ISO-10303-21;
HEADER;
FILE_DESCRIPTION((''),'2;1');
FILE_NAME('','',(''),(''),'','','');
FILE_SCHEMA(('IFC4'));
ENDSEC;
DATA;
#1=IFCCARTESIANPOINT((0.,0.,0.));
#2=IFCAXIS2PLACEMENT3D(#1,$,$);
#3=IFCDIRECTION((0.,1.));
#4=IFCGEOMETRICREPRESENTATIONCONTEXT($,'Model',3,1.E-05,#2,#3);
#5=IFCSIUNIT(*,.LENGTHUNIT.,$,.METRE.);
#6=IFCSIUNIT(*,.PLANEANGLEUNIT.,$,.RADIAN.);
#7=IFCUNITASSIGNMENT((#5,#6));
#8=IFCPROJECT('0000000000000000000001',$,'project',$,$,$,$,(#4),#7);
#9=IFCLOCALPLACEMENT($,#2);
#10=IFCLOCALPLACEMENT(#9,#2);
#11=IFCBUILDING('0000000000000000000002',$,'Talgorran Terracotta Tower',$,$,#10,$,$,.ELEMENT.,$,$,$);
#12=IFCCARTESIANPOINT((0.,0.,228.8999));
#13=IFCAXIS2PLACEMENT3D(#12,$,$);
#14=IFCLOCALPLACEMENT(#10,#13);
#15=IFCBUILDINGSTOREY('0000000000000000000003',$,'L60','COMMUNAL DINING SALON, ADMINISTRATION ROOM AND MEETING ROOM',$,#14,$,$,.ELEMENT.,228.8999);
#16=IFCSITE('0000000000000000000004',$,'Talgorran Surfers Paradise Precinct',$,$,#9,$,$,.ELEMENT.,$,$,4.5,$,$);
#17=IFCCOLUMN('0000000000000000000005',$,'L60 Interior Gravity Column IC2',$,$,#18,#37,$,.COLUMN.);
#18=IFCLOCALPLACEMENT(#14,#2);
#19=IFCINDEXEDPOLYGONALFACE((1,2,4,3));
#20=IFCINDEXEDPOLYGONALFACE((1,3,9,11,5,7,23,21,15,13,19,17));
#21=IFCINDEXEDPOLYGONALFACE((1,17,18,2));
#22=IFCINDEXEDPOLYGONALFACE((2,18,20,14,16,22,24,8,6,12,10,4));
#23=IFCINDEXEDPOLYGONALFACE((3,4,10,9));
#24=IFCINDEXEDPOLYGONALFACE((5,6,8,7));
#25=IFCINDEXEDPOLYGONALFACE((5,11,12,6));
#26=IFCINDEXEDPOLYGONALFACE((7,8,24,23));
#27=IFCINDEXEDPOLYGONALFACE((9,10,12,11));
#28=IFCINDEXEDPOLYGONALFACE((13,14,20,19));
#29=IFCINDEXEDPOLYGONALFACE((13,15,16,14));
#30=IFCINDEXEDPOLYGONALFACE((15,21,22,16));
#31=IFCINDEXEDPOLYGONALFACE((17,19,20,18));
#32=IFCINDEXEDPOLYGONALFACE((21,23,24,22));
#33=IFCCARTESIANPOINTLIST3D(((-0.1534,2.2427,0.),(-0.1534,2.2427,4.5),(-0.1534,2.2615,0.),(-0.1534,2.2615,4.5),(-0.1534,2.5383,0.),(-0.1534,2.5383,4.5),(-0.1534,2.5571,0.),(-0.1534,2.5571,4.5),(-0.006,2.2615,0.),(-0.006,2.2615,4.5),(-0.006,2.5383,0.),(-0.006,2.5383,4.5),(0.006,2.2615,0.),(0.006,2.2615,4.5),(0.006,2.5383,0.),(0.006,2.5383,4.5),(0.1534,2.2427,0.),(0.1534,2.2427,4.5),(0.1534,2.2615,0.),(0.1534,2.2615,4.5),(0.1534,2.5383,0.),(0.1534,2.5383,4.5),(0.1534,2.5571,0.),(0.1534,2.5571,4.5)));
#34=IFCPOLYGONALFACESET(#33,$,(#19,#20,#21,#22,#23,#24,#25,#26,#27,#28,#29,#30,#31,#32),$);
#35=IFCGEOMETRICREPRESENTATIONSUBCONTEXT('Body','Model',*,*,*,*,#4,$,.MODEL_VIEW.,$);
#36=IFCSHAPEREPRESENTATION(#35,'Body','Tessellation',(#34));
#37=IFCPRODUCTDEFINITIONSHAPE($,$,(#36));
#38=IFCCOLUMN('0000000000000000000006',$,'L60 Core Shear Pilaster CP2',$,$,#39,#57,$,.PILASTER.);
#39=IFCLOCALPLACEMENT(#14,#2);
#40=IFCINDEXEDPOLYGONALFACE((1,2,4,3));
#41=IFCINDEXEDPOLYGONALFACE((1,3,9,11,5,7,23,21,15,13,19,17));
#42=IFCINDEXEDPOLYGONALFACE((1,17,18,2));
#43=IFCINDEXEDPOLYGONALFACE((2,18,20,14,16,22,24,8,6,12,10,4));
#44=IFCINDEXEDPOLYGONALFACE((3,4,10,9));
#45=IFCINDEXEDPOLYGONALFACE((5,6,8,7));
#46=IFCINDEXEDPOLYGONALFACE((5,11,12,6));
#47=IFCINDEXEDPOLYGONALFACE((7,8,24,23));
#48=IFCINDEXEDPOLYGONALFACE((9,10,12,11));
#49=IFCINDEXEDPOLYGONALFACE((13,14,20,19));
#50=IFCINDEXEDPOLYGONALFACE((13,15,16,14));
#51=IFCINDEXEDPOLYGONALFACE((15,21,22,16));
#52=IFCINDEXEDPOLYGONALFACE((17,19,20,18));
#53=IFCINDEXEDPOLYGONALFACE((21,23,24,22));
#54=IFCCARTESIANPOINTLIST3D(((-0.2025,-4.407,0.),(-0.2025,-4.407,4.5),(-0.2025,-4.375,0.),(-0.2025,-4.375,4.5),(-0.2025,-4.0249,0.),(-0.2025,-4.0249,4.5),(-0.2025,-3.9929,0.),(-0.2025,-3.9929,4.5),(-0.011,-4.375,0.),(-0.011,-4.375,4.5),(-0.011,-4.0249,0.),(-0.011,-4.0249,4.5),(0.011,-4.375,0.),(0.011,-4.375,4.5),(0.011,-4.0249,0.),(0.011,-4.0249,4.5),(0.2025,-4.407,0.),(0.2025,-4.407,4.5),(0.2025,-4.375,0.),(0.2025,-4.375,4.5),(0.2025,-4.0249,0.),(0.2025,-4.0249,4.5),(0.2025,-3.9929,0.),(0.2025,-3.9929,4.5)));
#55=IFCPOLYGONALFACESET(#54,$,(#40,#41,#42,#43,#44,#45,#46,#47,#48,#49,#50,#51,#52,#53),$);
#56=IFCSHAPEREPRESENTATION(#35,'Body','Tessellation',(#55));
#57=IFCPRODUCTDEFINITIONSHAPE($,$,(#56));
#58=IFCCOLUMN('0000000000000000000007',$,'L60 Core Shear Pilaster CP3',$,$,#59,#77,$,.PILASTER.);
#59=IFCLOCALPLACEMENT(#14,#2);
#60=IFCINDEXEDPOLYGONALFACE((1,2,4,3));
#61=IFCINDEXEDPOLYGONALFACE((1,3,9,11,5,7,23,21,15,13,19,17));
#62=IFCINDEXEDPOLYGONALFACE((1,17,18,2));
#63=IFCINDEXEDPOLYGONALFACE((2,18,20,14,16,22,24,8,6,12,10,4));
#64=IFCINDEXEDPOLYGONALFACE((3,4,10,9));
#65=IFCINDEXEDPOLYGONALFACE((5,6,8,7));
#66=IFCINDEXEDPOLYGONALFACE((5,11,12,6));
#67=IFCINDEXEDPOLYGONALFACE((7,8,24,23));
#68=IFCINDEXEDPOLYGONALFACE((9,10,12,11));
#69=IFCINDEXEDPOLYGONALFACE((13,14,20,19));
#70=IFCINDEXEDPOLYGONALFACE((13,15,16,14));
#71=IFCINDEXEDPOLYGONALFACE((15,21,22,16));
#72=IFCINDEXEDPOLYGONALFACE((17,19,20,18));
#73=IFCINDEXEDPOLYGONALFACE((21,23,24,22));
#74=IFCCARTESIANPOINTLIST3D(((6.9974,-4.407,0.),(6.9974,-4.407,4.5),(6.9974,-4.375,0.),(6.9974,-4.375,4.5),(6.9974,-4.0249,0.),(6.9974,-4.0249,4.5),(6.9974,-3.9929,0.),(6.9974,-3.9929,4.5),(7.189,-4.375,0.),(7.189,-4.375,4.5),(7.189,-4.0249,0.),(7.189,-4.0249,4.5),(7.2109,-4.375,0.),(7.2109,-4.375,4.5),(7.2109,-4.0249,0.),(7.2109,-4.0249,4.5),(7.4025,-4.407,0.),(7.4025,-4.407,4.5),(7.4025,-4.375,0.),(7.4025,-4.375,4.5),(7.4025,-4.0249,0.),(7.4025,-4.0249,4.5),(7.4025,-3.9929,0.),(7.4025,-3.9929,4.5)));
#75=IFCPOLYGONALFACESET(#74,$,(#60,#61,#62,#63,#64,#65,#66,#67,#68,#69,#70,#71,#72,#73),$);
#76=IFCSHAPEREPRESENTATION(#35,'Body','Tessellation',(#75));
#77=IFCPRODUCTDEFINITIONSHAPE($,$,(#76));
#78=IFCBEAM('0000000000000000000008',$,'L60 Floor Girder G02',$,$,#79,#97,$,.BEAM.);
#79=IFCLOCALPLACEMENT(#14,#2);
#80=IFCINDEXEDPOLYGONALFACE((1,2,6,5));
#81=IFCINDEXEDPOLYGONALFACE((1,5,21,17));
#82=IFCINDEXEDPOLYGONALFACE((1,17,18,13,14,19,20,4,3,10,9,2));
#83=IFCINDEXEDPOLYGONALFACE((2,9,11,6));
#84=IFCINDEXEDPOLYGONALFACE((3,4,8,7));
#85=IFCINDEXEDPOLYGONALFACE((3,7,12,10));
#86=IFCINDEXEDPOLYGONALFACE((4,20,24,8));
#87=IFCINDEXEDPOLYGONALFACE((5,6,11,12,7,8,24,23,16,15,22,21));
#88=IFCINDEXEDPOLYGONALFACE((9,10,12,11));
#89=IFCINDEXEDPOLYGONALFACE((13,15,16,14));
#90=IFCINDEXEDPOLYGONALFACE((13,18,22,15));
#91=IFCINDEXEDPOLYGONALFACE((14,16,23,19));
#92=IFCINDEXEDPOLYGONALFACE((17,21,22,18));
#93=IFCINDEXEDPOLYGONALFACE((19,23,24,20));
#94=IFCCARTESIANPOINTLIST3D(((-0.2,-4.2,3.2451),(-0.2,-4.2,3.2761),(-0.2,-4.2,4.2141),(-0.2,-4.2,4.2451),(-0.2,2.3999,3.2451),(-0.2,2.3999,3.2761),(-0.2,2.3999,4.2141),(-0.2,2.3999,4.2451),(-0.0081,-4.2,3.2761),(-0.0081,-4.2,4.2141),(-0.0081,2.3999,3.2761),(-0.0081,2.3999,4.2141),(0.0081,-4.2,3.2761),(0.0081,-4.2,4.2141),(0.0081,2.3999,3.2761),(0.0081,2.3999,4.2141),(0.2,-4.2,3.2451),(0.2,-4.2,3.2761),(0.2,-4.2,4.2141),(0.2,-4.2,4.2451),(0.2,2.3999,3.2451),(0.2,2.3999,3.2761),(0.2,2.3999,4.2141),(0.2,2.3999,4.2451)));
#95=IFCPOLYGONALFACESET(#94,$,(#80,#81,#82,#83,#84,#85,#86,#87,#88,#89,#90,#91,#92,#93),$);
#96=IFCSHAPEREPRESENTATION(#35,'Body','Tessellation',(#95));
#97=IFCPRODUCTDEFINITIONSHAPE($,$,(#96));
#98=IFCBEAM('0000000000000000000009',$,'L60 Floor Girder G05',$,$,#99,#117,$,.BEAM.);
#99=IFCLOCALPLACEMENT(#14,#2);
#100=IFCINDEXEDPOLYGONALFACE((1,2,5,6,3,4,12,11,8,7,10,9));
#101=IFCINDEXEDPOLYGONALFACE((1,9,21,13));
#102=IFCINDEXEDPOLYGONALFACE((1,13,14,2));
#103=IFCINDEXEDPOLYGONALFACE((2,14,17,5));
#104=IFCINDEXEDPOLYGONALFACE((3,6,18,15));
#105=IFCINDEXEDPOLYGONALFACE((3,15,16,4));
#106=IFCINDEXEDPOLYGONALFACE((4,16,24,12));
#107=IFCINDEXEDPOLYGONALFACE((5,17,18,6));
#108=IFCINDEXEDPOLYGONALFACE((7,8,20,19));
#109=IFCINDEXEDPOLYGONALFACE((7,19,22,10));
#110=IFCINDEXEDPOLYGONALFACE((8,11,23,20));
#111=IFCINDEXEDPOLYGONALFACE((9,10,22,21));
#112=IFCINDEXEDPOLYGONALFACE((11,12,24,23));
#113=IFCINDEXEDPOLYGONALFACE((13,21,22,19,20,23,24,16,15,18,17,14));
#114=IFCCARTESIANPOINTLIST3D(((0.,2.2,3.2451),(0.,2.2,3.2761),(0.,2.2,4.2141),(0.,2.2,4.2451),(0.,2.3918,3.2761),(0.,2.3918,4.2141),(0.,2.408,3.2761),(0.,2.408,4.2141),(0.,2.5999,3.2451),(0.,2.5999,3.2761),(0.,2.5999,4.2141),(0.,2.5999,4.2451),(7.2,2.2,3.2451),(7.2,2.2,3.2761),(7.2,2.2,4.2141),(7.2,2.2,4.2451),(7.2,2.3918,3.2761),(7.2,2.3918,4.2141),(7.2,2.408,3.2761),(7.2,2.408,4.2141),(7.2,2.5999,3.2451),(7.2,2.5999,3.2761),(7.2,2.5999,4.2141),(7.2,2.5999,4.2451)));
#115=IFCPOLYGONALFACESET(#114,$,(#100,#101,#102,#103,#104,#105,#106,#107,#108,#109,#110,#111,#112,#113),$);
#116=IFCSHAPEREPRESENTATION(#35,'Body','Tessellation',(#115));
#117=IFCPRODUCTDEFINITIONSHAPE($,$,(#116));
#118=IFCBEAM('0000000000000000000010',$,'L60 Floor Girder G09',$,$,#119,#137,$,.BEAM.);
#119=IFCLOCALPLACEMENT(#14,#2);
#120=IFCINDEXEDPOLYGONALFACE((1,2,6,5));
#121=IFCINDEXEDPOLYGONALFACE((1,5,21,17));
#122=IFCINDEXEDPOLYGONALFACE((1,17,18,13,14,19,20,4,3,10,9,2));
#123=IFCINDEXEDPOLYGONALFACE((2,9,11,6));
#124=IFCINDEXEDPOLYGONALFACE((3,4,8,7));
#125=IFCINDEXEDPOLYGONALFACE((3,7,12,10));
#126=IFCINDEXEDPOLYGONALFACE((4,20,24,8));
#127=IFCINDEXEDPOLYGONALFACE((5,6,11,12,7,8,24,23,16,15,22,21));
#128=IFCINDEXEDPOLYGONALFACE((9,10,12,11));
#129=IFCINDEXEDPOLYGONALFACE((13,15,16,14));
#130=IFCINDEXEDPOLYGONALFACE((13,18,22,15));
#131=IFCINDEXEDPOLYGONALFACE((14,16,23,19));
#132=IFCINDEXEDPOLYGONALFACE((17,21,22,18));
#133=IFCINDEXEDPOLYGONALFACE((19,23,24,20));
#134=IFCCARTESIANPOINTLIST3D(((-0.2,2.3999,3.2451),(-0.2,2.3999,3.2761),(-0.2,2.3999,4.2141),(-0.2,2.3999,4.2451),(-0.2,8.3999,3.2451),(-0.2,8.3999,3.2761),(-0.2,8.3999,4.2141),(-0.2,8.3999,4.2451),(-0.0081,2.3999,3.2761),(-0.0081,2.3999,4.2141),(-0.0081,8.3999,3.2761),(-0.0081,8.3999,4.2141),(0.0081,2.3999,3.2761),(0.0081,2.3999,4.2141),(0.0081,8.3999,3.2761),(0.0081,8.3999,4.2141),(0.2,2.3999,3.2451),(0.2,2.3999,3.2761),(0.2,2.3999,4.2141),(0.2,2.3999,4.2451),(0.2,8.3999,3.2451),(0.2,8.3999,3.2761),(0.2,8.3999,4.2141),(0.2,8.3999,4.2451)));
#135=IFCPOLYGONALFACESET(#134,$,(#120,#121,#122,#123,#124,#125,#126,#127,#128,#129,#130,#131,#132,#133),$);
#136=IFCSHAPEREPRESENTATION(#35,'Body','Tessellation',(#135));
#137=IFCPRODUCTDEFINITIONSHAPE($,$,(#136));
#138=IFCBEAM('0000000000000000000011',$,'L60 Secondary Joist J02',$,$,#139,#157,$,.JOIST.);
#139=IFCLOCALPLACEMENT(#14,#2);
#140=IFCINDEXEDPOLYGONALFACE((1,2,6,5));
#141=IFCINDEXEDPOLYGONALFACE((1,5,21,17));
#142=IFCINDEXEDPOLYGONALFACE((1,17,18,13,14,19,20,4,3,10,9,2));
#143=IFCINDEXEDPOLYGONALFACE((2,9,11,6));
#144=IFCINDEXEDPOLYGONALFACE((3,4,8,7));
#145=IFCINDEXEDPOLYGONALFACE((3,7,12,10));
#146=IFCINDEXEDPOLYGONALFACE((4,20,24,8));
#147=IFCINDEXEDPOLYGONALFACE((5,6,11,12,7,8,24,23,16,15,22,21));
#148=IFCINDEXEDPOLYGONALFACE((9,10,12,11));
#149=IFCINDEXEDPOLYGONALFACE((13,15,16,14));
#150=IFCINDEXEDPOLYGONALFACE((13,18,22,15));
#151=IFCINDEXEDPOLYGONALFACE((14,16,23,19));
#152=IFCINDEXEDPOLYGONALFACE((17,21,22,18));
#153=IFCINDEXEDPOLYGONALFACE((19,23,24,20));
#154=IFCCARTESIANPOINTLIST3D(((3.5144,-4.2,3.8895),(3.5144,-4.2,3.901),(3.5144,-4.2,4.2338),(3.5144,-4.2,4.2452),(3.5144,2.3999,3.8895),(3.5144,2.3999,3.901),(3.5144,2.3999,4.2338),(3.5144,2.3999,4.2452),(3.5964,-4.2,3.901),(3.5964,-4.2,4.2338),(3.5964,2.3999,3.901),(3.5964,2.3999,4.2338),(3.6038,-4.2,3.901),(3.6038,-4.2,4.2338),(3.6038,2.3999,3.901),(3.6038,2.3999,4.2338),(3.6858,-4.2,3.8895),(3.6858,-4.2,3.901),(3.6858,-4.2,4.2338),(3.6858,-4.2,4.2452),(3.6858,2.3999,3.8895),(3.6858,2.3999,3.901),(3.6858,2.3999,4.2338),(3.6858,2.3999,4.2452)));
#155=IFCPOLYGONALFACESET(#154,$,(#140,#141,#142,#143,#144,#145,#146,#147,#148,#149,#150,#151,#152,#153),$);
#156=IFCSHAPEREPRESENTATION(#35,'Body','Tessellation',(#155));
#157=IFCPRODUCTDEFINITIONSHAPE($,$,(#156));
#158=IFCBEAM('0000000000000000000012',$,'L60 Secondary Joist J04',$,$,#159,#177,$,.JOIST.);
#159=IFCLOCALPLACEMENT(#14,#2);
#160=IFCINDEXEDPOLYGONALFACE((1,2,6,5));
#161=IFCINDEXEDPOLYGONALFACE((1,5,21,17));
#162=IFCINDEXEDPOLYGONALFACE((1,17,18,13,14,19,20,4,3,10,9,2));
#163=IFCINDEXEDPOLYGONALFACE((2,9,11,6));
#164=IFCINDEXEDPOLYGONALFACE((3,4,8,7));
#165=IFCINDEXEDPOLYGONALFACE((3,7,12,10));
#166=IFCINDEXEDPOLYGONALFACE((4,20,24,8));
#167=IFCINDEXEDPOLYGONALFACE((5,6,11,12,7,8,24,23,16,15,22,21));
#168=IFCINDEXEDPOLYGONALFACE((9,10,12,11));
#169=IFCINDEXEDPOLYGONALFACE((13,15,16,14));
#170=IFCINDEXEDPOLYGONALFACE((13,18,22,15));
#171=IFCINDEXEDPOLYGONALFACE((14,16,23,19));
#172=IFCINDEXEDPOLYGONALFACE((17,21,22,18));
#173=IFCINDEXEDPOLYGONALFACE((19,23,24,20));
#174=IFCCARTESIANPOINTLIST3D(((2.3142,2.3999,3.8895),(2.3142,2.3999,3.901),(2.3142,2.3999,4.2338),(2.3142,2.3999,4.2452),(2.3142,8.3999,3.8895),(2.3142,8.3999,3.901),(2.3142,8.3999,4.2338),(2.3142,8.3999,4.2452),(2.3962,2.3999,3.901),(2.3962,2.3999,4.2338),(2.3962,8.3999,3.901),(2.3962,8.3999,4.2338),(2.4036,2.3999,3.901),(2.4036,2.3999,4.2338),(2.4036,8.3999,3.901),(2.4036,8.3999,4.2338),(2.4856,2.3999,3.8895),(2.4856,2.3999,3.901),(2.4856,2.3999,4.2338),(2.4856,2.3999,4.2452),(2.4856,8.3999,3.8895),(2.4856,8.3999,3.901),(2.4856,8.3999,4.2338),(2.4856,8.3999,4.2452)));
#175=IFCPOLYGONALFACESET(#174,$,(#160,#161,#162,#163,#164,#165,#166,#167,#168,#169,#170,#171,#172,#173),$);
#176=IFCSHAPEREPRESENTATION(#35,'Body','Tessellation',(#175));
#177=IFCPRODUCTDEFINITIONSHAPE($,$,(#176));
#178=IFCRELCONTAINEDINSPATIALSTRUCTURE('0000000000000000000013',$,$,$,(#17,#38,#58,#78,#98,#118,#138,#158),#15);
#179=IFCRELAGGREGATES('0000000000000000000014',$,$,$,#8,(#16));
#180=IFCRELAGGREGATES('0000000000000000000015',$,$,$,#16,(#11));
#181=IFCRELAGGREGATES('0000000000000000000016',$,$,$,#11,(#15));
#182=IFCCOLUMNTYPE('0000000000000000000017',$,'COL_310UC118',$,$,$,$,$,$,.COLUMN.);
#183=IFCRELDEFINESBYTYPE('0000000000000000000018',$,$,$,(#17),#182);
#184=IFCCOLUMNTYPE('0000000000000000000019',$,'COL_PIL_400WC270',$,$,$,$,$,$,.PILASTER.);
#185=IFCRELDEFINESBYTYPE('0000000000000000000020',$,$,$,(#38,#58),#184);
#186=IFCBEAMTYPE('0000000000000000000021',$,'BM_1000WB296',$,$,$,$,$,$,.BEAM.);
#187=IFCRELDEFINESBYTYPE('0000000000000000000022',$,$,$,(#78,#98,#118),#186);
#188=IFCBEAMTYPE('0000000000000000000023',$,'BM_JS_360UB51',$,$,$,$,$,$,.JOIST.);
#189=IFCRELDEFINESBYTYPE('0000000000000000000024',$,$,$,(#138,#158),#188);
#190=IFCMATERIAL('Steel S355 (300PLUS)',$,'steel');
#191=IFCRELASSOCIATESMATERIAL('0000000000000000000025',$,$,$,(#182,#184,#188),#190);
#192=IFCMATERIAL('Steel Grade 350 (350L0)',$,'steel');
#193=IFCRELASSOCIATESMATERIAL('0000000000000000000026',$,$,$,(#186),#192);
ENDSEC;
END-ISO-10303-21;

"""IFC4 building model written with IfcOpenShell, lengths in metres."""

from ifc_helpers import new_model, si_unit, direction, frame, origin, origin_2d, place, context, subcontext, project, spatial, i_section, extrude, material, material_profile, profile_set, type_object, element, save


model = new_model("IFC4")

# Units and contexts
model_context = context("Model", 3, precision=1e-05, world=origin(), true_north=direction((0.0, 1.0)))
body_context = subcontext(model_context, "Body", "Model", "MODEL_VIEW")
ifc_project = project(units=[si_unit("LENGTHUNIT", "METRE"), si_unit("PLANEANGLEUNIT", "RADIAN")], contexts=[model_context])

# Site, building, storey
site_placement = place(None, origin())
site = spatial("IfcSite", under=ifc_project, at=site_placement, Name="Talgorran Surfers Paradise Precinct", CompositionType="ELEMENT", RefElevation=4.5)
building_placement = place(site_placement, origin())
building = spatial("IfcBuilding", under=site, at=building_placement, Name="Talgorran Terracotta Tower", CompositionType="ELEMENT")
storey_placement = place(building_placement, frame((0.0, 0.0, 228.8999)))
storey = spatial("IfcBuildingStorey", under=building, at=storey_placement, Name="L60", Description="COMMUNAL DINING SALON, ADMINISTRATION ROOM AND MEETING ROOM", CompositionType="ELEMENT", Elevation=228.8999)

# Columns
ifc_material_1 = material(Name="Steel S355 (300PLUS)", Category="steel")
ifc_material_profile_1 = material_profile(ifc_material_1, i_section(OverallWidth=0.3069, OverallDepth=0.3145, WebThickness=0.012, FlangeThickness=0.0188, at=origin_2d()), Name="310UC118")
ifc_profile_set_1 = profile_set([ifc_material_profile_1], Name="Steel S355 (300PLUS)")
column_type_1 = type_object("IfcColumnType", Name="COL_310UC118", PredefinedType="COLUMN", material=ifc_profile_set_1)
column_placement = place(storey_placement, frame((0.0, 2.3999, 0.0), z_axis=(0.0, 0.0, 1.0), x_axis=(1.0, 0.0, 0.0)))
element("IfcColumn", 1, at=column_placement, inside=storey, type_object=column_type_1, Name="L60 Interior Gravity Column IC2", PredefinedType="COLUMN", context=body_context, shape_type="SweptSolid", body=[
    extrude(i_section(OverallWidth=0.3069, OverallDepth=0.3145, WebThickness=0.012, FlangeThickness=0.0188, at=origin_2d()), origin(), (0.0, 0.0, 1.0), 4.5),
])
ifc_material_profile_2 = material_profile(ifc_material_1, i_section(OverallWidth=0.405, OverallDepth=0.4141, WebThickness=0.022, FlangeThickness=0.032, at=origin_2d()), Name="400WC270")
ifc_profile_set_2 = profile_set([ifc_material_profile_2], Name="Steel S355 (300PLUS)")
column_type_2 = type_object("IfcColumnType", Name="COL_PIL_400WC270", PredefinedType="PILASTER", material=ifc_profile_set_2)
for number, where, z_axis, x_axis, name in (
    (2, (0.0, -4.2, 0.0), (0.0, 0.0, 1.0), (1.0, 0.0, 0.0), "L60 Core Shear Pilaster CP2"),
    (3, (7.2, -4.2, 0.0), (0.0, 0.0, 1.0), (1.0, 0.0, 0.0), "L60 Core Shear Pilaster CP3"),
):
    element("IfcColumn", number, at=place(storey_placement, frame(where, z_axis=z_axis, x_axis=x_axis)), inside=storey, type_object=column_type_2, Name=name, PredefinedType="PILASTER", context=body_context, shape_type="SweptSolid", body=[
        extrude(i_section(OverallWidth=0.405, OverallDepth=0.4141, WebThickness=0.022, FlangeThickness=0.032, at=origin_2d()), origin(), (0.0, 0.0, 1.0), 4.5),
    ])

# Beams
ifc_material_2 = material(Name="Steel Grade 350 (350L0)", Category="steel")
ifc_material_profile_3 = material_profile(ifc_material_2, i_section(OverallWidth=0.3999, OverallDepth=1.0, WebThickness=0.0161, FlangeThickness=0.031, at=origin_2d()), Name="1000WB296")
ifc_profile_set_3 = profile_set([ifc_material_profile_3], Name="Steel Grade 350 (350L0)")
beam_type_1 = type_object("IfcBeamType", Name="BM_1000WB296", PredefinedType="BEAM", material=ifc_profile_set_3)
beam_1_placement = place(storey_placement, frame((0.0, -4.2, 3.7451), z_axis=(0.0, 1.0, 0.0), x_axis=(-1.0, 0.0, 0.0)))
element("IfcBeam", 4, at=beam_1_placement, inside=storey, type_object=beam_type_1, Name="L60 Floor Girder G02", PredefinedType="BEAM", context=body_context, shape_type="SweptSolid", body=[
    extrude(i_section(OverallWidth=0.3999, OverallDepth=1.0, WebThickness=0.0161, FlangeThickness=0.031, at=origin_2d()), origin(), (0.0, 0.0, 1.0), 6.5999),
])
beam_2_placement = place(storey_placement, frame((0.0, 2.3999, 3.7451), z_axis=(1.0, 0.0, 0.0), x_axis=(0.0, 1.0, 0.0)))
element("IfcBeam", 5, at=beam_2_placement, inside=storey, type_object=beam_type_1, Name="L60 Floor Girder G05", PredefinedType="BEAM", context=body_context, shape_type="SweptSolid", body=[
    extrude(i_section(OverallWidth=0.3999, OverallDepth=1.0, WebThickness=0.0161, FlangeThickness=0.031, at=origin_2d()), origin(), (0.0, 0.0, 1.0), 7.2),
])
beam_3_placement = place(storey_placement, frame((0.0, 2.3999, 3.7451), z_axis=(0.0, 1.0, 0.0), x_axis=(-1.0, 0.0, 0.0)))
element("IfcBeam", 6, at=beam_3_placement, inside=storey, type_object=beam_type_1, Name="L60 Floor Girder G09", PredefinedType="BEAM", context=body_context, shape_type="SweptSolid", body=[
    extrude(i_section(OverallWidth=0.3999, OverallDepth=1.0, WebThickness=0.0161, FlangeThickness=0.031, at=origin_2d()), origin(), (0.0, 0.0, 1.0), 6.0),
])
ifc_material_profile_4 = material_profile(ifc_material_1, i_section(OverallWidth=0.1714, OverallDepth=0.3557, WebThickness=0.0073, FlangeThickness=0.0115, at=origin_2d()), Name="360UB50.7")
ifc_profile_set_4 = profile_set([ifc_material_profile_4], Name="Steel S355 (300PLUS)")
beam_type_2 = type_object("IfcBeamType", Name="BM_JS_360UB51", PredefinedType="JOIST", material=ifc_profile_set_4)
beam_4_placement = place(storey_placement, frame((3.6001, -4.2, 4.0674), z_axis=(0.0, 1.0, 0.0), x_axis=(-1.0, 0.0, 0.0)))
element("IfcBeam", 7, at=beam_4_placement, inside=storey, type_object=beam_type_2, Name="L60 Secondary Joist J02", PredefinedType="JOIST", context=body_context, shape_type="SweptSolid", body=[
    extrude(i_section(OverallWidth=0.1714, OverallDepth=0.3557, WebThickness=0.0073, FlangeThickness=0.0115, at=origin_2d()), origin(), (0.0, 0.0, 1.0), 6.5999),
])
beam_5_placement = place(storey_placement, frame((2.3999, 2.3999, 4.0674), z_axis=(0.0, 1.0, 0.0), x_axis=(-1.0, 0.0, 0.0)))
element("IfcBeam", 8, at=beam_5_placement, inside=storey, type_object=beam_type_2, Name="L60 Secondary Joist J04", PredefinedType="JOIST", context=body_context, shape_type="SweptSolid", body=[
    extrude(i_section(OverallWidth=0.1714, OverallDepth=0.3557, WebThickness=0.0073, FlangeThickness=0.0115, at=origin_2d()), origin(), (0.0, 0.0, 1.0), 6.0),
])

save(model, "model.ifc")
